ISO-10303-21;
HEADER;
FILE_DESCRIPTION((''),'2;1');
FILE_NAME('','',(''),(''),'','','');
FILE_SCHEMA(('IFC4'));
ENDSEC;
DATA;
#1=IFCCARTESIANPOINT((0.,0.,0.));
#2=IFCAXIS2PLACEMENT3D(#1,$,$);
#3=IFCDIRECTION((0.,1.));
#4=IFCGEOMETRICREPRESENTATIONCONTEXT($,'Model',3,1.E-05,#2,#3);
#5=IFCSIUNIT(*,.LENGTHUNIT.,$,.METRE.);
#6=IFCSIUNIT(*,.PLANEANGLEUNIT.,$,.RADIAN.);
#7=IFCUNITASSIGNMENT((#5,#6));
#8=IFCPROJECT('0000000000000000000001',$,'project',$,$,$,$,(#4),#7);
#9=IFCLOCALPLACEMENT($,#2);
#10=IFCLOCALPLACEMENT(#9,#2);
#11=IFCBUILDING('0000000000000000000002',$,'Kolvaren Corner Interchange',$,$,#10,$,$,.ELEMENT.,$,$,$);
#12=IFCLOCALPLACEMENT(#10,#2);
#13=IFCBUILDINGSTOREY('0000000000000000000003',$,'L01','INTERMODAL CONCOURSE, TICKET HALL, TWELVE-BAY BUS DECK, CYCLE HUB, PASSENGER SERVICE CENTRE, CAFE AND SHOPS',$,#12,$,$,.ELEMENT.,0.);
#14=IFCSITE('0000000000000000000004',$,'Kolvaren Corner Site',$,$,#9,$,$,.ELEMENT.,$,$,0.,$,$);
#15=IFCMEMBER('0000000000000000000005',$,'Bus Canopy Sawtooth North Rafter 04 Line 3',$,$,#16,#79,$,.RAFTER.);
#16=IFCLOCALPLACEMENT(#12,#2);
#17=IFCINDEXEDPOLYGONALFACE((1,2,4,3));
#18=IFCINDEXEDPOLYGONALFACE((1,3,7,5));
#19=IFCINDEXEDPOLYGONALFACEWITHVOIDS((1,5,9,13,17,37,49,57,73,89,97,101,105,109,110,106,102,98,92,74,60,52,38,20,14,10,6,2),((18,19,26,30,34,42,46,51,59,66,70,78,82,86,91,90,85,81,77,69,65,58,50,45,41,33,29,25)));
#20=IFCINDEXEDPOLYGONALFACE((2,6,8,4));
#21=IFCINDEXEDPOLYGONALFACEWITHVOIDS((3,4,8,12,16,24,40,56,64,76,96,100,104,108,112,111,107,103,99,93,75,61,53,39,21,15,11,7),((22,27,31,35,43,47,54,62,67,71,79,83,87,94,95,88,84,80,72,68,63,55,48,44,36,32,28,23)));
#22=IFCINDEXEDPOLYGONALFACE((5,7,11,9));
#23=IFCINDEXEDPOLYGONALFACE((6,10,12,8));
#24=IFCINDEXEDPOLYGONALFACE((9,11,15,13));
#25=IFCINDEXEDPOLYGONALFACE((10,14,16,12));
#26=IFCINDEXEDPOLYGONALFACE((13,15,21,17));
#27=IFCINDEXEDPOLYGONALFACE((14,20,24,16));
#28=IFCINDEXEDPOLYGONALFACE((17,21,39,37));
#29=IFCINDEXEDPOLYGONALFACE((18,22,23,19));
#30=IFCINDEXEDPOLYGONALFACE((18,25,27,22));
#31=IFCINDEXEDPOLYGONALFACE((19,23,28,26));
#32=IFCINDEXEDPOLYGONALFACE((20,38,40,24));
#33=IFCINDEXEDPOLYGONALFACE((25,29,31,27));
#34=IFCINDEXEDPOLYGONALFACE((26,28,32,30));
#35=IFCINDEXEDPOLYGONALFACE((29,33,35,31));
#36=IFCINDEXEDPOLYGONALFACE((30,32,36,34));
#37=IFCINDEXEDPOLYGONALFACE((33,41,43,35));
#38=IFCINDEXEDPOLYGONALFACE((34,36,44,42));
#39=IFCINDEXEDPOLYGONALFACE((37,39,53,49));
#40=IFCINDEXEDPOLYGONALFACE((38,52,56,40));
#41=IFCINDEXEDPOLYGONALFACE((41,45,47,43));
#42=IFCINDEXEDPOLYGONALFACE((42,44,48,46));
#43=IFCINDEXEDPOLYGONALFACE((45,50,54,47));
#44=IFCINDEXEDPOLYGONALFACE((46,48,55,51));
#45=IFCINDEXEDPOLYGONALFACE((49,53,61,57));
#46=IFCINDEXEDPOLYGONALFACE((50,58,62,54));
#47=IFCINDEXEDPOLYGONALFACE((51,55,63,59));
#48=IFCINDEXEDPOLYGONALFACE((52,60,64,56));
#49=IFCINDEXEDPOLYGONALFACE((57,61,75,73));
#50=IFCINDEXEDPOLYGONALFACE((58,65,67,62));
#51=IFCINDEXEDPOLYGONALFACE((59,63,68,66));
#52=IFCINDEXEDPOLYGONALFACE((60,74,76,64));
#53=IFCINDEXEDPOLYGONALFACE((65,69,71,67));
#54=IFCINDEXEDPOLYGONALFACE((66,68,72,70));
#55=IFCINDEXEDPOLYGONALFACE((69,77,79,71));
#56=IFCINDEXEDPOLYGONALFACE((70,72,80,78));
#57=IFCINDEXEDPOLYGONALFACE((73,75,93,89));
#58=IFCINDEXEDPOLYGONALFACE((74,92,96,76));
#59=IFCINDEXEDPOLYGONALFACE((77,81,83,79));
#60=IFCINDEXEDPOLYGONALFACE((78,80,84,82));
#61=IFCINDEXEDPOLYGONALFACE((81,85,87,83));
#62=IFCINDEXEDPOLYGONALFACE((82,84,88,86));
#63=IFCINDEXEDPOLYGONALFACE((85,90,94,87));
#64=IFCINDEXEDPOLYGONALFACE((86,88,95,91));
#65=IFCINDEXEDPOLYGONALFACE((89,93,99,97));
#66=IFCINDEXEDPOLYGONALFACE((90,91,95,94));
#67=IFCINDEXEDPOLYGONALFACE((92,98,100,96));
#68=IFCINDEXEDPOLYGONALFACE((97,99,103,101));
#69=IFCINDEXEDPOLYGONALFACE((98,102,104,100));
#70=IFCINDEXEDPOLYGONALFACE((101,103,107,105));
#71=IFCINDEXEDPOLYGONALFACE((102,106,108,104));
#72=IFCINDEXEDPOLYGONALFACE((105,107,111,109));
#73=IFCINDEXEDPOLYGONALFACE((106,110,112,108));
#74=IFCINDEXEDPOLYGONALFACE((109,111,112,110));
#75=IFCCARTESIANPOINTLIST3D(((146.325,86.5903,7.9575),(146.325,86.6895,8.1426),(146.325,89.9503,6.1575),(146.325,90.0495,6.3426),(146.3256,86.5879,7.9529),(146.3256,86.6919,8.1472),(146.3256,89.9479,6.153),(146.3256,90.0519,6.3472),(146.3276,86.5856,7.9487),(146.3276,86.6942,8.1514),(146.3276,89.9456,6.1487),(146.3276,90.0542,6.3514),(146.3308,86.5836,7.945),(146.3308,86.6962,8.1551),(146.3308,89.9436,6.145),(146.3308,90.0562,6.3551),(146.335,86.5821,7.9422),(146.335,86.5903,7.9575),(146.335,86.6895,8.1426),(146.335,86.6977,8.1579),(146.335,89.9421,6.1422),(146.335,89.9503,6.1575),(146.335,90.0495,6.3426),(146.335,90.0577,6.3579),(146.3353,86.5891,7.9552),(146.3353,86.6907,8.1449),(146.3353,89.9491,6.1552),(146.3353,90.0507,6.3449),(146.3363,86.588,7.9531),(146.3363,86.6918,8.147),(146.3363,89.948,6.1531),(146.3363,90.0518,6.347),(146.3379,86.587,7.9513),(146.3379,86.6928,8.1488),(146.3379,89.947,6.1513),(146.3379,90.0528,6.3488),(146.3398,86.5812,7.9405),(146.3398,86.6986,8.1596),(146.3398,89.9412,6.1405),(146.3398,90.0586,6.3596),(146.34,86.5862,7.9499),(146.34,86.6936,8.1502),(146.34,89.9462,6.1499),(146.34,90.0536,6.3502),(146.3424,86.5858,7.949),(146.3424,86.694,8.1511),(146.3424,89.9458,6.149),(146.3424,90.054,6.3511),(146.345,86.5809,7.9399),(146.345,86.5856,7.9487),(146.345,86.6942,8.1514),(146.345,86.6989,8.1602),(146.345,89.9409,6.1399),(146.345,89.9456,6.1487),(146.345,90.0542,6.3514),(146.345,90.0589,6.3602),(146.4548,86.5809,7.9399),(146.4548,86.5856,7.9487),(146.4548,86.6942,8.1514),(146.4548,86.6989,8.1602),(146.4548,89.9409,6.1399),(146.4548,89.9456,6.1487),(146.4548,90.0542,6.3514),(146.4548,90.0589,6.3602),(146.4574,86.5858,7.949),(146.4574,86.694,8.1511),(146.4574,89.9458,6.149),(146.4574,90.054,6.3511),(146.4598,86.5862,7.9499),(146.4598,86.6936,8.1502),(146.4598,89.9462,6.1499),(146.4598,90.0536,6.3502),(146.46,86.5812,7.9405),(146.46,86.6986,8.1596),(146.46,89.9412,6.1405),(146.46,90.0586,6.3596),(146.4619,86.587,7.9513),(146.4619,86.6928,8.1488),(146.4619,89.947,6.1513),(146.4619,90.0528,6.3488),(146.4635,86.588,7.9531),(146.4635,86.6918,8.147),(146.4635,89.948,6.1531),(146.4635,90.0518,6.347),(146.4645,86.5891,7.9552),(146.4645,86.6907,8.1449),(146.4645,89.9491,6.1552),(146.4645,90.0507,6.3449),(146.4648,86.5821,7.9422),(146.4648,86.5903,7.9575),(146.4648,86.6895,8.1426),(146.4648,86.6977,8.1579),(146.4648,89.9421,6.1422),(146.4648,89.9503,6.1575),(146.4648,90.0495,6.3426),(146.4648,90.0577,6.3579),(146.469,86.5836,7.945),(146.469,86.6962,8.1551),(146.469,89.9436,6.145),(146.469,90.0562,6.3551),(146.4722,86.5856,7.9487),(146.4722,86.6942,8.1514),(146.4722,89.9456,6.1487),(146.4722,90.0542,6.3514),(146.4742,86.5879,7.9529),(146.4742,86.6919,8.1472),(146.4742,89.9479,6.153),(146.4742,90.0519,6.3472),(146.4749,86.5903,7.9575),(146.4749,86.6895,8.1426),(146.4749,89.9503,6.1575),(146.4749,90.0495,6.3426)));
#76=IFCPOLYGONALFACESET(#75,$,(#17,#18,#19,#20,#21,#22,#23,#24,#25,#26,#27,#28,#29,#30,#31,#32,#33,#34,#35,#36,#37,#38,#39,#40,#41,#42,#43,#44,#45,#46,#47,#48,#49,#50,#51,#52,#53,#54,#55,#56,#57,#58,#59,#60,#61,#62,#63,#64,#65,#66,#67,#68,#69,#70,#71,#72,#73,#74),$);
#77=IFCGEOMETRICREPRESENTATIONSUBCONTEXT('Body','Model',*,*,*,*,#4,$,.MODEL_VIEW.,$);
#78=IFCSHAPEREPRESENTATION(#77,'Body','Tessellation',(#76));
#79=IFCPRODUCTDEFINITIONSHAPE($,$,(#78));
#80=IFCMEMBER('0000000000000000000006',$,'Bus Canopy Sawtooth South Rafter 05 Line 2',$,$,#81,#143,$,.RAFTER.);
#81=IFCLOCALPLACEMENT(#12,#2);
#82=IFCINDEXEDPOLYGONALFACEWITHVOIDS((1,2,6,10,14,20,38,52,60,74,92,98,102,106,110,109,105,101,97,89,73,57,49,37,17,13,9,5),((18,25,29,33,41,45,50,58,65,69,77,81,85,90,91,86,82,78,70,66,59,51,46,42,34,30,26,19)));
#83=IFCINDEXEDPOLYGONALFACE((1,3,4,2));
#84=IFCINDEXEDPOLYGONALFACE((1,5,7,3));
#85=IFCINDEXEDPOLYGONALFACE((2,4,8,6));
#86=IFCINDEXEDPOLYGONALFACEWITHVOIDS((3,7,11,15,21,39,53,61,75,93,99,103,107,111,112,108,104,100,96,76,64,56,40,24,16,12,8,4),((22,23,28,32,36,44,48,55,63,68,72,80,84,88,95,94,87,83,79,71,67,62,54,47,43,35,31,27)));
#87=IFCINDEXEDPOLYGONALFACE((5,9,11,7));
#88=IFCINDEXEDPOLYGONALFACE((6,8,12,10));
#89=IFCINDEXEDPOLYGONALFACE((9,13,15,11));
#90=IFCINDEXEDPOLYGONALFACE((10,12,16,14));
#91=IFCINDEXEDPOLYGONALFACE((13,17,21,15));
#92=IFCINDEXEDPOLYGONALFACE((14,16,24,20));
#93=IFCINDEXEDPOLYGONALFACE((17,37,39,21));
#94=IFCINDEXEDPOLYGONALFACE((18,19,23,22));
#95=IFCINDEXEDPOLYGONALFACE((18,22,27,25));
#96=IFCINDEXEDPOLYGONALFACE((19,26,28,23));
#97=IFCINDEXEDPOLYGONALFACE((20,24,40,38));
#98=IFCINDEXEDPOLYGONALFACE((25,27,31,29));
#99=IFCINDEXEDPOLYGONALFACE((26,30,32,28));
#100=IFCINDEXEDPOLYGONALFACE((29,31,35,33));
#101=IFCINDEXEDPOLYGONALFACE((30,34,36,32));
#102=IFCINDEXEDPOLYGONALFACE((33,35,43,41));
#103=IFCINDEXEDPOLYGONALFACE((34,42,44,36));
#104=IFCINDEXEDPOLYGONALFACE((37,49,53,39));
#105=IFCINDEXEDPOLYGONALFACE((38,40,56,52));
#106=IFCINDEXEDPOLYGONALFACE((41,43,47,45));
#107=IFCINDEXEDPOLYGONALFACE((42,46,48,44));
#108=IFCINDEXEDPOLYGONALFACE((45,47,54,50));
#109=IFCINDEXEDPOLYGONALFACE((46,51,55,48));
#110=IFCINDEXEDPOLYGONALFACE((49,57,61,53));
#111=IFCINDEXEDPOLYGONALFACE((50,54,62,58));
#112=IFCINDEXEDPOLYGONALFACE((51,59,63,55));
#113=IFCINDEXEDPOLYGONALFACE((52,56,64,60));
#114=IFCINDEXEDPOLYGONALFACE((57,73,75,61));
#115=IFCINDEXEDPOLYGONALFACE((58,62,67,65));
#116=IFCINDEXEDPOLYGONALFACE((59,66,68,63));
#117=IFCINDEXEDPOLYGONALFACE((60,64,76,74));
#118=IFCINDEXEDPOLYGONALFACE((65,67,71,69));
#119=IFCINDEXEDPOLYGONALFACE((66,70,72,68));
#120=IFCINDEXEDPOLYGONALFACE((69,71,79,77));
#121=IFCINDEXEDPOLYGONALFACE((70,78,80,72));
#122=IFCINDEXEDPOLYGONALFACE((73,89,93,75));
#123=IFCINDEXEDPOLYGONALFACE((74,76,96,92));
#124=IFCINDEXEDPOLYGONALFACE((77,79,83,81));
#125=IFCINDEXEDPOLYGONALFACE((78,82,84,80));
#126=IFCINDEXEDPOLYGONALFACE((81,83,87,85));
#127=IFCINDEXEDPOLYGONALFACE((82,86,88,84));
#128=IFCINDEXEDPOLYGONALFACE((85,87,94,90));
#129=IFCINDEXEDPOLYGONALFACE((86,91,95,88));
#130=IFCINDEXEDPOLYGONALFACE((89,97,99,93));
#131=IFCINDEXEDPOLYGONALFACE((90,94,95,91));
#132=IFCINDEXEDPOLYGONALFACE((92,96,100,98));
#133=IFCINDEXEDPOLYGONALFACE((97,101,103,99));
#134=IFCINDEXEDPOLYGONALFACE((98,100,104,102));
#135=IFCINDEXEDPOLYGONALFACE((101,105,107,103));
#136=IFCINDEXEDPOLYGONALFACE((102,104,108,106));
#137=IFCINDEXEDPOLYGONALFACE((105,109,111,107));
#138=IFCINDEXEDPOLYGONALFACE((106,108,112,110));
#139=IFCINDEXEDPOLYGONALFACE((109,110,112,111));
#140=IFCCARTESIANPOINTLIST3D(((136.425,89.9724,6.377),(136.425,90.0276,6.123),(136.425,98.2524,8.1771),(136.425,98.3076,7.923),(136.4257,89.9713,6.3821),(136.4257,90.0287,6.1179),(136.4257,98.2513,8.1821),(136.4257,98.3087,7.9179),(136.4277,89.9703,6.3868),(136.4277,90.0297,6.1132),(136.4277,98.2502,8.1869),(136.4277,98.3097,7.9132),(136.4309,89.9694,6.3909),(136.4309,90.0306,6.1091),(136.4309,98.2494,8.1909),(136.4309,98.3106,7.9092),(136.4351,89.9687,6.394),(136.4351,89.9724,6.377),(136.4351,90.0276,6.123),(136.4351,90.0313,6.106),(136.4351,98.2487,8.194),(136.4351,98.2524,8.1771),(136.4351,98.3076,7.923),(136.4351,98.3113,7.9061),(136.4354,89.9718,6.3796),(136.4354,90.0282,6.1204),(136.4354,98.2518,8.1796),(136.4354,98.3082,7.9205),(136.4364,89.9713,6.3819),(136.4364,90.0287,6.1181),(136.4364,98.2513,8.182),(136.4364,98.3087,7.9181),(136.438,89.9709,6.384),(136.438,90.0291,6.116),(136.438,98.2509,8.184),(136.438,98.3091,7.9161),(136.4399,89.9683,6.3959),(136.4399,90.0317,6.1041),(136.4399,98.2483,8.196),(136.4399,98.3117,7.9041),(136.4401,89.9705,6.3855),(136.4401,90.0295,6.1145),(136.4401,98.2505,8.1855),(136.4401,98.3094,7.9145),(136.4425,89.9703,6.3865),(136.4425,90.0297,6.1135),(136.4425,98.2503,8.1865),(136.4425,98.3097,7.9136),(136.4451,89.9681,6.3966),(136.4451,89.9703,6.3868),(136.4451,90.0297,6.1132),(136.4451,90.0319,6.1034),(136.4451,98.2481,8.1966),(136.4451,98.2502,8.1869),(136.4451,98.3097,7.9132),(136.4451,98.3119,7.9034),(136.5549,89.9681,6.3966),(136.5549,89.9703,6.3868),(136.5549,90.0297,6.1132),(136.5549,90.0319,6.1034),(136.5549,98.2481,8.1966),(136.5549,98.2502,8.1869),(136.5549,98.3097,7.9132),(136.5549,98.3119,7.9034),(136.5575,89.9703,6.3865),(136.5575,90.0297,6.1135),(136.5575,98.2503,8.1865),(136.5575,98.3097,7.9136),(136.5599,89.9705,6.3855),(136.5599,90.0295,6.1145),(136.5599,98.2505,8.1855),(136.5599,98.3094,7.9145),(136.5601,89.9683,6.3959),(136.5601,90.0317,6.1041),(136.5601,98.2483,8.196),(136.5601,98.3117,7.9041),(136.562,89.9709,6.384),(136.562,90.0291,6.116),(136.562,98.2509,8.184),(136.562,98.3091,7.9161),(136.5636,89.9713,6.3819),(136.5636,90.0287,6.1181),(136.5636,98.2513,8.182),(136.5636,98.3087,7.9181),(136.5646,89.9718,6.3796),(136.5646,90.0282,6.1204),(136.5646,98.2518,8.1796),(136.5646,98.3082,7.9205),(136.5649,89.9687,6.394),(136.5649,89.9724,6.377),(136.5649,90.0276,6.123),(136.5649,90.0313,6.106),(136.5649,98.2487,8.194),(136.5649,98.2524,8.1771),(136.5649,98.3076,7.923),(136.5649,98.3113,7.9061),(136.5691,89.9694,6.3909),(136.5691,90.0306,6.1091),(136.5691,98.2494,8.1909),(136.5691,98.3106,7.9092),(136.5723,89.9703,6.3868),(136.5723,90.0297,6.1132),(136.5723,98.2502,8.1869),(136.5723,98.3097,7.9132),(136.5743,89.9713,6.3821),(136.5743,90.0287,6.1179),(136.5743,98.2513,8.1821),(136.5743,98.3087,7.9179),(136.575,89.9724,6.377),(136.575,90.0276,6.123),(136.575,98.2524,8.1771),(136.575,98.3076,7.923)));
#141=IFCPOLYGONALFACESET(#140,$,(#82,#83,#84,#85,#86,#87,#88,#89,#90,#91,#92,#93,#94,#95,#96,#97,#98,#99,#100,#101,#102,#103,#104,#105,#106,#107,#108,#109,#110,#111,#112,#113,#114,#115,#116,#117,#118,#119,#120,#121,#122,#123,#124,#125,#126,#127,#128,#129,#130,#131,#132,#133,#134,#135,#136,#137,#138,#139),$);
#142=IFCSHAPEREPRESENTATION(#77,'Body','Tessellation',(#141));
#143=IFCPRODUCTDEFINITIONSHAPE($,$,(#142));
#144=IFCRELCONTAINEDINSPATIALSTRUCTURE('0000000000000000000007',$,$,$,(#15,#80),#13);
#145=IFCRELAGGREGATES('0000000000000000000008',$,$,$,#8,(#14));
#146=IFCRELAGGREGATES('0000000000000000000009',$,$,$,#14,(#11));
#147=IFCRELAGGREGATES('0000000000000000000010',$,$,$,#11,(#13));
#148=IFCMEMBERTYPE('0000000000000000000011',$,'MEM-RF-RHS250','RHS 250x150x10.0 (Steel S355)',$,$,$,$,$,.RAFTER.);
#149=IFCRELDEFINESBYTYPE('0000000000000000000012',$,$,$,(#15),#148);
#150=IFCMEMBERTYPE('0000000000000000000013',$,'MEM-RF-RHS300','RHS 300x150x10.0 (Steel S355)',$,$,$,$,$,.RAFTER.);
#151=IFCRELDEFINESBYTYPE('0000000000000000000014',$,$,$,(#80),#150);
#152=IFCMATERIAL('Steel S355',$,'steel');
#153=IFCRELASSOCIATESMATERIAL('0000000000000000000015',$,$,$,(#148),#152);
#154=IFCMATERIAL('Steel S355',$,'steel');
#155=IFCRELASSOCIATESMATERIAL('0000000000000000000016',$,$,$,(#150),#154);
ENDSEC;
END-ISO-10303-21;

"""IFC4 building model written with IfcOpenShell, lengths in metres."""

from ifc_helpers import new_model, si_unit, direction, frame, origin, origin_2d, place, context, subcontext, project, spatial, hollow_rectangle, extrude, material, material_profile, profile_set, type_object, element, save


model = new_model("IFC4")

# Units and contexts
model_context = context("Model", 3, precision=1e-05, world=origin(), true_north=direction((0.0, 1.0)))
body_context = subcontext(model_context, "Body", "Model", "MODEL_VIEW")
ifc_project = project(units=[si_unit("LENGTHUNIT", "METRE"), si_unit("PLANEANGLEUNIT", "RADIAN")], contexts=[model_context])

# Site, building, storey
site_placement = place(None, origin())
site = spatial("IfcSite", under=ifc_project, at=site_placement, Name="Kolvaren Corner Site", CompositionType="ELEMENT", RefElevation=0.0)
building_placement = place(site_placement, origin())
building = spatial("IfcBuilding", under=site, at=building_placement, Name="Kolvaren Corner Interchange", CompositionType="ELEMENT")
storey_placement = place(building_placement, origin())
storey = spatial("IfcBuildingStorey", under=building, at=storey_placement, Name="L01", Description="INTERMODAL CONCOURSE, TICKET HALL, TWELVE-BAY BUS DECK, CYCLE HUB, PASSENGER SERVICE CENTRE, CAFE AND SHOPS", CompositionType="ELEMENT", Elevation=0.0)

# Members
ifc_material_1 = material(Name="Steel S355", Category="steel")
ifc_material_profile_1 = material_profile(ifc_material_1, hollow_rectangle(XDim=0.1499, YDim=0.25, WallThickness=0.01, InnerFilletRadius=0.01, OuterFilletRadius=0.02, at=origin_2d()), Name="RHS 250x150x10.0")
ifc_profile_set_1 = profile_set([ifc_material_profile_1], Name="Steel S355")
member_type_1 = type_object("IfcMemberType", Name="MEM-RF-RHS250", Description="RHS 250x150x10.0 (Steel S355)", PredefinedType="RAFTER", material=ifc_profile_set_1)
for number, where, z_axis, x_axis, name in (
    (1, (146.3999, 86.6399, 8.05), (0.0, 0.881481, -0.47222), (-1.0, 0.0, 0.0), "Bus Canopy Sawtooth North Rafter 04 Line 3"),
):
    element("IfcMember", number, at=place(storey_placement, frame(where, z_axis=z_axis, x_axis=x_axis)), inside=storey, type_object=member_type_1, Name=name, PredefinedType="RAFTER", context=body_context, shape_type="SweptSolid", body=[
        extrude(hollow_rectangle(XDim=0.1499, YDim=0.25, WallThickness=0.01, InnerFilletRadius=0.01, OuterFilletRadius=0.02, at=origin_2d()), origin(), (0.0, 0.0, 1.0), 3.8118),
    ])
ifc_material_2 = material(Name="Steel S355", Category="steel")
ifc_material_profile_2 = material_profile(ifc_material_2, hollow_rectangle(XDim=0.1499, YDim=0.3, WallThickness=0.01, InnerFilletRadius=0.01, OuterFilletRadius=0.02, at=origin_2d()), Name="RHS 300x150x10.0")
ifc_profile_set_2 = profile_set([ifc_material_profile_2], Name="Steel S355")
member_type_2 = type_object("IfcMemberType", Name="MEM-RF-RHS300", Description="RHS 300x150x10.0 (Steel S355)", PredefinedType="RAFTER", material=ifc_profile_set_2)
member_1_placement = place(storey_placement, frame((136.5, 90.0, 6.25), z_axis=(0.0, 0.977175, 0.212434), x_axis=(-1.0, 0.0, 0.0)))
element("IfcMember", 2, at=member_1_placement, inside=storey, type_object=member_type_2, Name="Bus Canopy Sawtooth South Rafter 05 Line 2", PredefinedType="RAFTER", context=body_context, shape_type="SweptSolid", body=[
    extrude(hollow_rectangle(XDim=0.1499, YDim=0.3, WallThickness=0.01, InnerFilletRadius=0.01, OuterFilletRadius=0.02, at=origin_2d()), origin(), (0.0, 0.0, 1.0), 8.4734),
])

save(model, "model.ifc")
